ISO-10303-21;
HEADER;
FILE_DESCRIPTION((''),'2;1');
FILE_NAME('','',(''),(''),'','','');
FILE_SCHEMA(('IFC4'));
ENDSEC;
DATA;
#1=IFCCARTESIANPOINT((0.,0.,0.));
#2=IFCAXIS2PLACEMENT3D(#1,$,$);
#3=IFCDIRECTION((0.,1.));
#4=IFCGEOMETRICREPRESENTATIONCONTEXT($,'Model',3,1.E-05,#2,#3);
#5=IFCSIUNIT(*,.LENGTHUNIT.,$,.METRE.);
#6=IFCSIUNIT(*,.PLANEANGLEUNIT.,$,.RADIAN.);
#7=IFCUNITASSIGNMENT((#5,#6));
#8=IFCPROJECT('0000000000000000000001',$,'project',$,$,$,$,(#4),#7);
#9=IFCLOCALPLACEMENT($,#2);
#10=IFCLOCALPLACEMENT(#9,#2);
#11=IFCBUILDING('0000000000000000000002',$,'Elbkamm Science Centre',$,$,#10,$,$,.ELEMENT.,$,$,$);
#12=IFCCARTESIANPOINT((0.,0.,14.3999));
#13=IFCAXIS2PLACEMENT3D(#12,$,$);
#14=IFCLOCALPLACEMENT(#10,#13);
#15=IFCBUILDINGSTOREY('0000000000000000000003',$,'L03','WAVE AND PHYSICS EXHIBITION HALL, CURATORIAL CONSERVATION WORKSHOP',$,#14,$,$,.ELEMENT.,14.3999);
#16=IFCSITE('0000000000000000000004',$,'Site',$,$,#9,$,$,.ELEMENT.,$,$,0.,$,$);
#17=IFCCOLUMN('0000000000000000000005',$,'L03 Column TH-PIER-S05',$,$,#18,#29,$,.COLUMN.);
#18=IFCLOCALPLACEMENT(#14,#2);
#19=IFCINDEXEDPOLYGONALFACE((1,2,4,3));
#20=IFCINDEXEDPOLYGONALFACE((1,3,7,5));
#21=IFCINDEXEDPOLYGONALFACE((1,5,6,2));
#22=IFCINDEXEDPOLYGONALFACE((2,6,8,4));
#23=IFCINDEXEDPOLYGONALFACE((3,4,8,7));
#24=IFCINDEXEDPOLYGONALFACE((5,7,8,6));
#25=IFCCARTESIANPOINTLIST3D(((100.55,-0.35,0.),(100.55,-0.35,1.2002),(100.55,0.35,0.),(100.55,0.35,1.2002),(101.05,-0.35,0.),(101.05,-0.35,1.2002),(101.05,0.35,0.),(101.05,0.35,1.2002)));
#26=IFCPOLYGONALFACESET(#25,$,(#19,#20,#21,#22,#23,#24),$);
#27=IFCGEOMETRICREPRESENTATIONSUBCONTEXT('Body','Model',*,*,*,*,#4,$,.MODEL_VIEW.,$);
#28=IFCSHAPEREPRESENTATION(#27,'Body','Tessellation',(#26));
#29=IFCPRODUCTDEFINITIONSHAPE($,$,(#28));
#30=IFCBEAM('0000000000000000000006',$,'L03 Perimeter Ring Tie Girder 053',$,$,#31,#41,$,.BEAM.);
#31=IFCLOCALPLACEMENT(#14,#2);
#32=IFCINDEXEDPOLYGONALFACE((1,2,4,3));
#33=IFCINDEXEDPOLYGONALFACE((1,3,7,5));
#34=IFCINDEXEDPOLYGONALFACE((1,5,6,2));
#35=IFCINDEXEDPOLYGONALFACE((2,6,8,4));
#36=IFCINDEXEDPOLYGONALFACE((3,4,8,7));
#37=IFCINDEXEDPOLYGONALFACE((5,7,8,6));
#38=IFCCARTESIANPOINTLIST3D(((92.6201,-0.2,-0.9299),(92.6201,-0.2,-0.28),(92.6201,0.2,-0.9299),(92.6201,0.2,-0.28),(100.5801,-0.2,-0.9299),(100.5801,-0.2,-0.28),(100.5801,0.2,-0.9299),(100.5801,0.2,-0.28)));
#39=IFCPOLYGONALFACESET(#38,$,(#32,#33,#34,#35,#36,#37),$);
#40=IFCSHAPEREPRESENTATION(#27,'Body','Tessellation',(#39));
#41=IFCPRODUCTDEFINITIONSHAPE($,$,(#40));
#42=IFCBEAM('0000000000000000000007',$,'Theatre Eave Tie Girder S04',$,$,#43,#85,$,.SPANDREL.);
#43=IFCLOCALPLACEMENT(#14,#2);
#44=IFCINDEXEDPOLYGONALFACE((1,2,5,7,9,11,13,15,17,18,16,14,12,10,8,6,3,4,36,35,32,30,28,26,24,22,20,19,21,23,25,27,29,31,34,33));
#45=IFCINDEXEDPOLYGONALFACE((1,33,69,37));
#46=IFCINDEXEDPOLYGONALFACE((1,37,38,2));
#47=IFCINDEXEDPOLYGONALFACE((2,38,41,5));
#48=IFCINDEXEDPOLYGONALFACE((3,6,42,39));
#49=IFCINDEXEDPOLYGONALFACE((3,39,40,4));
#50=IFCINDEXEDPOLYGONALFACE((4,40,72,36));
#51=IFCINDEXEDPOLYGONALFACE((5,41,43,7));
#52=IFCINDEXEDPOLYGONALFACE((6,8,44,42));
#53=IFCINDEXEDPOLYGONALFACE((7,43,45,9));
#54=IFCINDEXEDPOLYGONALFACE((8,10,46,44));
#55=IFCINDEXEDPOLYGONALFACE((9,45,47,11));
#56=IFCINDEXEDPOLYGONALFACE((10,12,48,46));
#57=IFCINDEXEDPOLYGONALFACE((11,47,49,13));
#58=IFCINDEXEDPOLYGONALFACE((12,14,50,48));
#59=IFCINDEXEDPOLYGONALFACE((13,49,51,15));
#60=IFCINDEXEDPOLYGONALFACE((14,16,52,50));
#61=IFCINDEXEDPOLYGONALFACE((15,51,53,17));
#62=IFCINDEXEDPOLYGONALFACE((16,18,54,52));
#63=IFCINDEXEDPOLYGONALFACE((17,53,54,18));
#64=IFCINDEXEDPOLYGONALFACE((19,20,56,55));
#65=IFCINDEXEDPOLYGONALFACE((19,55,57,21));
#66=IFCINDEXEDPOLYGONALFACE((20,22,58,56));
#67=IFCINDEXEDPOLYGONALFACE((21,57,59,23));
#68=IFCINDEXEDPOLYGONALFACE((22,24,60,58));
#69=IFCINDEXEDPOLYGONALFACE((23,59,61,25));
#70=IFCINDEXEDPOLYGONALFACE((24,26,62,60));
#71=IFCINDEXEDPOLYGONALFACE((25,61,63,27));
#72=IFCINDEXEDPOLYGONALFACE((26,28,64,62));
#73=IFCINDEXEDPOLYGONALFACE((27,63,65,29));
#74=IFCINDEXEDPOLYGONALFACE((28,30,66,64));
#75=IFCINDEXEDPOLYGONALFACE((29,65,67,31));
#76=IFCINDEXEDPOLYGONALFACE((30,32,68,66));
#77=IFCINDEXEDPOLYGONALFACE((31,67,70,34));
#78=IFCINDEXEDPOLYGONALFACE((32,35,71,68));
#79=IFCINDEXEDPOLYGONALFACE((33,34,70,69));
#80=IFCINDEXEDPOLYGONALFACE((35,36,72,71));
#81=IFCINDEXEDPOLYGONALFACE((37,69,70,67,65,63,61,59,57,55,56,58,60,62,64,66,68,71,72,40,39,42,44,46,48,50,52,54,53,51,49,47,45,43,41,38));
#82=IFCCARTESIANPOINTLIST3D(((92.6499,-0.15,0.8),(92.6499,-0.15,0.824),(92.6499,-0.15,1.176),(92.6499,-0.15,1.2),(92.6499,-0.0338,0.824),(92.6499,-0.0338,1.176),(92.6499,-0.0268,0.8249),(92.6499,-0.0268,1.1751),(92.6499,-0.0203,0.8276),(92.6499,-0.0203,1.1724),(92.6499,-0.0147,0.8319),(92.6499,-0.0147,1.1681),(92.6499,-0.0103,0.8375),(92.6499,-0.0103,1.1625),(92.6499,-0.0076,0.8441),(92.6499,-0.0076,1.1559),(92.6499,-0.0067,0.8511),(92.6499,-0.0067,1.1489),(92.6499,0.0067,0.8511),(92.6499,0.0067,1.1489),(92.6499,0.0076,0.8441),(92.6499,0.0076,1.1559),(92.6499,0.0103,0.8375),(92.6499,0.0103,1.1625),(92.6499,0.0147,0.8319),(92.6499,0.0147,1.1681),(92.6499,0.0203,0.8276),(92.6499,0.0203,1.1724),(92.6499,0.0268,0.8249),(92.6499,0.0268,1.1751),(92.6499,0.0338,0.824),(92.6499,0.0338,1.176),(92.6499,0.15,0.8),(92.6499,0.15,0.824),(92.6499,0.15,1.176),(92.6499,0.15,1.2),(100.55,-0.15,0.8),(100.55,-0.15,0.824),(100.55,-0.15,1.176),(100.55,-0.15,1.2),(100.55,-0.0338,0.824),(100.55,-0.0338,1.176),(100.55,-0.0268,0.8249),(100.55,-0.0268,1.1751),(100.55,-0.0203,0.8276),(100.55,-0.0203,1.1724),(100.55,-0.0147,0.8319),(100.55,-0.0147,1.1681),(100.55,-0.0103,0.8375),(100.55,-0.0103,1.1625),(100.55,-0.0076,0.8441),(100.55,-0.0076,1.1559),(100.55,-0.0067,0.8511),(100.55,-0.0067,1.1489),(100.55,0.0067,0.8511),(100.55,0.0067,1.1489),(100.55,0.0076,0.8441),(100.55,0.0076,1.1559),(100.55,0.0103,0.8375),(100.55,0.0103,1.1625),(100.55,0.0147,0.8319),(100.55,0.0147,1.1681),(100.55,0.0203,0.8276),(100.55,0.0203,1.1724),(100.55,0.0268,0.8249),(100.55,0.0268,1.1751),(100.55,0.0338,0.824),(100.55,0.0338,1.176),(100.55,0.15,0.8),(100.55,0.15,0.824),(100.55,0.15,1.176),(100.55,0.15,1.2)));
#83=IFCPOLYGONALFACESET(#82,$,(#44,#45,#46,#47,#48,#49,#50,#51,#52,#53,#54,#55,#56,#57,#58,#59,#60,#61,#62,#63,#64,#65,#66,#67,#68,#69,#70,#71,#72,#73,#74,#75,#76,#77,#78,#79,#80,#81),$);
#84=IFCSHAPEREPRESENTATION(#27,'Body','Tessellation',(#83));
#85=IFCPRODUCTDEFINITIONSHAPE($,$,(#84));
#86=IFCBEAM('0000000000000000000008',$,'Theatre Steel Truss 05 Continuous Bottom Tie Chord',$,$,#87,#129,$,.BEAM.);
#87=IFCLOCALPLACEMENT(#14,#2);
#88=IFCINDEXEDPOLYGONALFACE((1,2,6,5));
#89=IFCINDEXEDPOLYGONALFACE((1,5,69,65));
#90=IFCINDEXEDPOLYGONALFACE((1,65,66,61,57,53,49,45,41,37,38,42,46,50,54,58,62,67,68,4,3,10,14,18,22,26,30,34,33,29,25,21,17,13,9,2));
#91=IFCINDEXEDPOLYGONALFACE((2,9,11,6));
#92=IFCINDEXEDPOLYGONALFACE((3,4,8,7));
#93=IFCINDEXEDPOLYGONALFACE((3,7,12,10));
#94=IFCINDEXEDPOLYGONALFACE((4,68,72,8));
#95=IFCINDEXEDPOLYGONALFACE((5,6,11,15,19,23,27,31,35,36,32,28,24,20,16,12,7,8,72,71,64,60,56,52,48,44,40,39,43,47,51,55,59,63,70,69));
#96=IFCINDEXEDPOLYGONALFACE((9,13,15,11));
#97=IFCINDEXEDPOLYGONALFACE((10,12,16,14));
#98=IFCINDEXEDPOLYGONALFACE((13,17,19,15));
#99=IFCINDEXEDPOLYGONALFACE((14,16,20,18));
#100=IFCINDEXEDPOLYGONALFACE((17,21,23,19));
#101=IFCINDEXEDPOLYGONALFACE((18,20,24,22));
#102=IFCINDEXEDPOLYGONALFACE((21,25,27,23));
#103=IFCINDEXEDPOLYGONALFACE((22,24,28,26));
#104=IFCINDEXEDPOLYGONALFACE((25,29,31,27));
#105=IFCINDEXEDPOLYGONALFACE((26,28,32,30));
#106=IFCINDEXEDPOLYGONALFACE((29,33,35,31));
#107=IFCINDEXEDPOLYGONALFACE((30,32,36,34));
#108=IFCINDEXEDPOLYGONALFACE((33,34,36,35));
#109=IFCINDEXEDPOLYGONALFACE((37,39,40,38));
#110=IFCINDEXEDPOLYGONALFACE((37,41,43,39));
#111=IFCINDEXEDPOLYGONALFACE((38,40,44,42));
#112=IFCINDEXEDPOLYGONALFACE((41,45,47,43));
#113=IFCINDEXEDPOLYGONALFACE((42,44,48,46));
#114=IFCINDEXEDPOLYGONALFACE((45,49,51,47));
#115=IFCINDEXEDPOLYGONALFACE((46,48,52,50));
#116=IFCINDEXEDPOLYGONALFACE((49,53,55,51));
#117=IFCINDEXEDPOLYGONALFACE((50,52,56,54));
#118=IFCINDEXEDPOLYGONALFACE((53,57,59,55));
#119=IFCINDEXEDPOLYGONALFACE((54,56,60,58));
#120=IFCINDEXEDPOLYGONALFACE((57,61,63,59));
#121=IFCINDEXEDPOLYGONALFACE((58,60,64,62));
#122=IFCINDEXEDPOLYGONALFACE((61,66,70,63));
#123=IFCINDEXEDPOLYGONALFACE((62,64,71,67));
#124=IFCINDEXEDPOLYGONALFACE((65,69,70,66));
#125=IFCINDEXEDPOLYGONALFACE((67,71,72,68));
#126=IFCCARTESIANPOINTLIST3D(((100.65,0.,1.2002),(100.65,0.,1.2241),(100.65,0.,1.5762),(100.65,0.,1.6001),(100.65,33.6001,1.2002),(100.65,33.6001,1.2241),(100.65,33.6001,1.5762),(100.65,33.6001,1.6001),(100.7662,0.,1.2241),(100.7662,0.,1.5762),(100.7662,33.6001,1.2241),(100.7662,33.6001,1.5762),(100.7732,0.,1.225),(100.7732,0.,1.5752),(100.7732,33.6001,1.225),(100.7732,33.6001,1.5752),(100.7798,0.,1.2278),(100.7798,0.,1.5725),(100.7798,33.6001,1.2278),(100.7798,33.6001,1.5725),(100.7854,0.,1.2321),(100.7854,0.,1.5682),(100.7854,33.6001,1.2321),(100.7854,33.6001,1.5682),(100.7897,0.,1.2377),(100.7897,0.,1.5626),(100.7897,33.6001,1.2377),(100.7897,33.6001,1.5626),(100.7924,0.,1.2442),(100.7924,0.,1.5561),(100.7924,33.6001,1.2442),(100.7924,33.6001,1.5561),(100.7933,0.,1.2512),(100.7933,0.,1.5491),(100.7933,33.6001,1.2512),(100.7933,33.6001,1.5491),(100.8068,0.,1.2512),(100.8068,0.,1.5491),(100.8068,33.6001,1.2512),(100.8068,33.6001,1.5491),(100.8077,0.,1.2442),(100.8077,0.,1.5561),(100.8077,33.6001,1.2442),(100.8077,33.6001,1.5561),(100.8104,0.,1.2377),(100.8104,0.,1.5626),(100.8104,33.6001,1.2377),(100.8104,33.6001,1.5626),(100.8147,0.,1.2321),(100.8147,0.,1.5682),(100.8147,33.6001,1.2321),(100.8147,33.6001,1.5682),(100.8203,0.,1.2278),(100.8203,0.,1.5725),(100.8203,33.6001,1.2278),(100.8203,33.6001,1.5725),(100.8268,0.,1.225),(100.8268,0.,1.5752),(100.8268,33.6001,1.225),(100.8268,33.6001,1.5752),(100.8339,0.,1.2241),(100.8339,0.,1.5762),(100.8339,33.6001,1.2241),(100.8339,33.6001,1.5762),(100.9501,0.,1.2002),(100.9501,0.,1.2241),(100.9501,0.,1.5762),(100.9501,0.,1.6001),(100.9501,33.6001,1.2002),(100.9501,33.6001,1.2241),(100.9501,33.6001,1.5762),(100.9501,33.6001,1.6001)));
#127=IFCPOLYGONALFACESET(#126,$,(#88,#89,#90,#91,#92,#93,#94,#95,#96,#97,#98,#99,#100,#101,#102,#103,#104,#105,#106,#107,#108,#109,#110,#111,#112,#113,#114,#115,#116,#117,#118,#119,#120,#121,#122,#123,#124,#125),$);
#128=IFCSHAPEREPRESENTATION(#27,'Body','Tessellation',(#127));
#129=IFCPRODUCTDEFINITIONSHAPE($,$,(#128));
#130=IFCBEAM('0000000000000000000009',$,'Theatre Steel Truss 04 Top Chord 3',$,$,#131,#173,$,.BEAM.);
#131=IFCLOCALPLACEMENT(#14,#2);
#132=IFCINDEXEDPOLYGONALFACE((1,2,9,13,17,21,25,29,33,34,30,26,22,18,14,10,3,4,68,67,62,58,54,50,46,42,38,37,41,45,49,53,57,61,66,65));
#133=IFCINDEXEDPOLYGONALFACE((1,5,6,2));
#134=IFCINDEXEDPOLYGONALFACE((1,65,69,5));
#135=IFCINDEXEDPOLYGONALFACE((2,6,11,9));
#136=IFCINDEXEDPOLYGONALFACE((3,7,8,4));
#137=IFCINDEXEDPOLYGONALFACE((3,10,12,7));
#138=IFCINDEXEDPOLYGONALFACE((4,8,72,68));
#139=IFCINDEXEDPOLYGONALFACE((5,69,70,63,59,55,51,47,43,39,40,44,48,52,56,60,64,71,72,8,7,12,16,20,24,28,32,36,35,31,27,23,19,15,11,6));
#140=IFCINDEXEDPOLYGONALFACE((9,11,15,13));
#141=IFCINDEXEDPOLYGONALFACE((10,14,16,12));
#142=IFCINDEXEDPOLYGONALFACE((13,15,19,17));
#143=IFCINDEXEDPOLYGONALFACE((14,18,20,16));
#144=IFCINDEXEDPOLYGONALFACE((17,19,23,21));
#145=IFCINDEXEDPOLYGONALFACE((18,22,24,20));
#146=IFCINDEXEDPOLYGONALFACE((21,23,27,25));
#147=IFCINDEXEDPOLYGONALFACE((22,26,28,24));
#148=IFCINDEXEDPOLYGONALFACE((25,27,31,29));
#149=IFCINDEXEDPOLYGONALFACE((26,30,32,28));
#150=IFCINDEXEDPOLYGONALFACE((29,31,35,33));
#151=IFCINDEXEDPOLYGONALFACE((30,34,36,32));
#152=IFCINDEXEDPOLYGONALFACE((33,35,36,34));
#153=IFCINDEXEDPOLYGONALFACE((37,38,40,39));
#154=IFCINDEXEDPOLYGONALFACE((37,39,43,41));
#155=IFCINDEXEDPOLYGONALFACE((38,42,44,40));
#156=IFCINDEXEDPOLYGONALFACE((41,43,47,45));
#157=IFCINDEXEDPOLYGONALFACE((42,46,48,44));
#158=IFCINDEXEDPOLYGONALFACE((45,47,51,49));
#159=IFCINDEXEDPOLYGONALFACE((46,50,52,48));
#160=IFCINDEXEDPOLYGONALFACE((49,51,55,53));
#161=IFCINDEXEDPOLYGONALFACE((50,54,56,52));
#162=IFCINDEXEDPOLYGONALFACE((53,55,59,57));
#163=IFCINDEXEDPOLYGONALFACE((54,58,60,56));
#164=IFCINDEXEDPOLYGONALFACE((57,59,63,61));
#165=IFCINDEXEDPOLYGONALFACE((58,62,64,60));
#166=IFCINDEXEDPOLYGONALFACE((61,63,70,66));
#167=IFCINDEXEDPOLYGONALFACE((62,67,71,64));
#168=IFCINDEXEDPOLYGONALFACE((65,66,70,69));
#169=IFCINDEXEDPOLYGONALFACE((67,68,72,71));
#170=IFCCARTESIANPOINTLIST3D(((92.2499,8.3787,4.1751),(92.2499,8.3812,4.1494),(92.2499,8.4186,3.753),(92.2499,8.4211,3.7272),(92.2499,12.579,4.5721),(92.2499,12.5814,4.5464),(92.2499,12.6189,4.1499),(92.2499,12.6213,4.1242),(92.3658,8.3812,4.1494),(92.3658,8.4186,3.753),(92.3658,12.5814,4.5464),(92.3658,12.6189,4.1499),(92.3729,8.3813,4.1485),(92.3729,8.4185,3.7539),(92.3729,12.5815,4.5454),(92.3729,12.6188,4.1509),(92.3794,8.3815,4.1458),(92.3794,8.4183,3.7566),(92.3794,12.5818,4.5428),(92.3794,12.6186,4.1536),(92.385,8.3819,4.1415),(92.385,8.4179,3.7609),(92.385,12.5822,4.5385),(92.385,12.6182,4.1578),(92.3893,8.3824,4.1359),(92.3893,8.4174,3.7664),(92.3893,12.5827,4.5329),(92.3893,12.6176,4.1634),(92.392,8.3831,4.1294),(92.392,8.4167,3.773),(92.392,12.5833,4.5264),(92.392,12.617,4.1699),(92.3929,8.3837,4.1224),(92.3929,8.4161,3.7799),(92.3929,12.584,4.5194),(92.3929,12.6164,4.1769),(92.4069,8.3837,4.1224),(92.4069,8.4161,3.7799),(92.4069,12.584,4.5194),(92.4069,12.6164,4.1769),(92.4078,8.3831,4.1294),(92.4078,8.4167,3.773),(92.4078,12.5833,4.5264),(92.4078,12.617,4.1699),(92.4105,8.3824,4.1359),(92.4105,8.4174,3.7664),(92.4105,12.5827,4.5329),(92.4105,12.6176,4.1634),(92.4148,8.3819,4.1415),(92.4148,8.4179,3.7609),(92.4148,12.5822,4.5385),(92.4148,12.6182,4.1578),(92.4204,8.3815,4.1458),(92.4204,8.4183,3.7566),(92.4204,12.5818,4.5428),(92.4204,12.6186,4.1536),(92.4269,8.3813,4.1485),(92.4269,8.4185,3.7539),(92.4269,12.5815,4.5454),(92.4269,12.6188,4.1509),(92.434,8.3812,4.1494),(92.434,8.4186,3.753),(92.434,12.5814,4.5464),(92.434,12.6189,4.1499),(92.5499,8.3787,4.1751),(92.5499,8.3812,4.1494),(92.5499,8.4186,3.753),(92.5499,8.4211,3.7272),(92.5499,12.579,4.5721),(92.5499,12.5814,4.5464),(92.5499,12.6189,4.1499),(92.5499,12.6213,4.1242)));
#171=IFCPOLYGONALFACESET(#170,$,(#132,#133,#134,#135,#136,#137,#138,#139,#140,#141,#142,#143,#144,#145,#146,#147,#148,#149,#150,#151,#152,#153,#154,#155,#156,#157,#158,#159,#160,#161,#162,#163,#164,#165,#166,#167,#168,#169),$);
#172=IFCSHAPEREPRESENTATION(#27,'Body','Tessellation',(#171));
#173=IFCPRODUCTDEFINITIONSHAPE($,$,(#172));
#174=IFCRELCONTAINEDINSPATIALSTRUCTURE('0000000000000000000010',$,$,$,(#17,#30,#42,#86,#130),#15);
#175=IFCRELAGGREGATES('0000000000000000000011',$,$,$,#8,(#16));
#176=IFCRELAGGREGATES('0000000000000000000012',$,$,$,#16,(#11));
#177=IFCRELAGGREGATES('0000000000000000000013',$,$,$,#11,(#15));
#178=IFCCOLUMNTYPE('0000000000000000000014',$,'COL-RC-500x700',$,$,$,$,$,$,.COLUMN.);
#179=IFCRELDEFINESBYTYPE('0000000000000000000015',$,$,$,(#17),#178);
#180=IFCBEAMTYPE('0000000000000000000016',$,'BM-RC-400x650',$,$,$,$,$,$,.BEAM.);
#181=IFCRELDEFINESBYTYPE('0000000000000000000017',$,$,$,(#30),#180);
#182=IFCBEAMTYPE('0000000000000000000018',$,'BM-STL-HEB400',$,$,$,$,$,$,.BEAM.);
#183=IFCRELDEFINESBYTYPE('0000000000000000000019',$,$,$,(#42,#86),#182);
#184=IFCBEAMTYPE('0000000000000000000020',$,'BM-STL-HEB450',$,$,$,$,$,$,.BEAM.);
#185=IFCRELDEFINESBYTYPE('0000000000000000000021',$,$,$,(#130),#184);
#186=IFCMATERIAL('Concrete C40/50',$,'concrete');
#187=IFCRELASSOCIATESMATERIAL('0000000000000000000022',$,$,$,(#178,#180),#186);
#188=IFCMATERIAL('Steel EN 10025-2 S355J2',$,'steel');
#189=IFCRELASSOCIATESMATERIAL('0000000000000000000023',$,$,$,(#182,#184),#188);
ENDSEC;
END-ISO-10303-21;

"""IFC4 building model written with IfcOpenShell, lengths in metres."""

from ifc_helpers import new_model, si_unit, direction, frame, origin, origin_2d, place, context, subcontext, project, spatial, rectangle, i_section, extrude, material, material_profile, profile_set, type_object, element, save


model = new_model("IFC4")

# Units and contexts
model_context = context("Model", 3, precision=1e-05, world=origin(), true_north=direction((0.0, 1.0)))
body_context = subcontext(model_context, "Body", "Model", "MODEL_VIEW")
ifc_project = project(units=[si_unit("LENGTHUNIT", "METRE"), si_unit("PLANEANGLEUNIT", "RADIAN")], contexts=[model_context])

# Site, building, storey
site_placement = place(None, origin())
site = spatial("IfcSite", under=ifc_project, at=site_placement, Name="Site", CompositionType="ELEMENT", RefElevation=0.0)
building_placement = place(site_placement, origin())
building = spatial("IfcBuilding", under=site, at=building_placement, Name="Elbkamm Science Centre", CompositionType="ELEMENT")
storey_placement = place(building_placement, frame((0.0, 0.0, 14.3999)))
storey = spatial("IfcBuildingStorey", under=building, at=storey_placement, Name="L03", Description="WAVE AND PHYSICS EXHIBITION HALL, CURATORIAL CONSERVATION WORKSHOP", CompositionType="ELEMENT", Elevation=14.3999)

# Column
ifc_material_1 = material(Name="Concrete C40/50", Category="concrete")
ifc_material_profile_1 = material_profile(ifc_material_1, rectangle(XDim=0.5, YDim=0.7, at=origin_2d()), Name="RC 500x700")
ifc_profile_set_1 = profile_set([ifc_material_profile_1], Name="Concrete C40/50")
column_type = type_object("IfcColumnType", Name="COL-RC-500x700", PredefinedType="COLUMN", material=ifc_profile_set_1)
column_placement = place(storey_placement, frame((100.8, 0.0, 0.0), z_axis=(0.0, 0.0, 1.0), x_axis=(1.0, 0.0, 0.0)))
element("IfcColumn", 1, at=column_placement, inside=storey, type_object=column_type, Name="L03 Column TH-PIER-S05", PredefinedType="COLUMN", context=body_context, shape_type="SweptSolid", body=[
    extrude(rectangle(XDim=0.5, YDim=0.7, at=origin_2d()), origin(), (0.0, 0.0, 1.0), 1.2002),
])

# Beams
ifc_material_profile_2 = material_profile(ifc_material_1, rectangle(XDim=0.3999, YDim=0.6499, at=origin_2d()), Name="RC 400x650")
ifc_profile_set_2 = profile_set([ifc_material_profile_2], Name="Concrete C40/50")
beam_type_1 = type_object("IfcBeamType", Name="BM-RC-400x650", PredefinedType="BEAM", material=ifc_profile_set_2)
beam_1_placement = place(storey_placement, frame((92.6201, 0.0, -0.605), z_axis=(1.0, 0.0, 0.0), x_axis=(0.0, 1.0, 0.0)))
element("IfcBeam", 2, at=beam_1_placement, inside=storey, type_object=beam_type_1, Name="L03 Perimeter Ring Tie Girder 053", PredefinedType="BEAM", context=body_context, shape_type="SweptSolid", body=[
    extrude(rectangle(XDim=0.3999, YDim=0.6499, at=origin_2d()), origin(), (0.0, 0.0, 1.0), 7.96),
])
ifc_material_2 = material(Name="Steel EN 10025-2 S355J2", Category="steel")
ifc_material_profile_3 = material_profile(ifc_material_2, i_section(OverallWidth=0.3, OverallDepth=0.3999, WebThickness=0.0134, FlangeThickness=0.0239, FilletRadius=0.0271, at=origin_2d()), Name="HEB 400")
ifc_profile_set_3 = profile_set([ifc_material_profile_3], Name="Steel EN 10025-2 S355J2")
beam_type_2 = type_object("IfcBeamType", Name="BM-STL-HEB400", PredefinedType="BEAM", material=ifc_profile_set_3)
beam_2_placement = place(storey_placement, frame((92.6499, 0.0, 1.0), z_axis=(1.0, 0.0, 0.0), x_axis=(0.0, 1.0, 0.0)))
element("IfcBeam", 3, at=beam_2_placement, inside=storey, type_object=beam_type_2, Name="Theatre Eave Tie Girder S04", PredefinedType="SPANDREL", context=body_context, shape_type="SweptSolid", body=[
    extrude(i_section(OverallWidth=0.3, OverallDepth=0.3999, WebThickness=0.0134, FlangeThickness=0.0239, FilletRadius=0.0271, at=origin_2d()), origin(), (0.0, 0.0, 1.0), 7.9001),
])
beam_3_placement = place(storey_placement, frame((100.8, 0.0, 1.4001), z_axis=(0.0, 1.0, 0.0), x_axis=(-1.0, 0.0, 0.0)))
element("IfcBeam", 4, at=beam_3_placement, inside=storey, type_object=beam_type_2, Name="Theatre Steel Truss 05 Continuous Bottom Tie Chord", PredefinedType="BEAM", context=body_context, shape_type="SweptSolid", body=[
    extrude(i_section(OverallWidth=0.3, OverallDepth=0.3999, WebThickness=0.0134, FlangeThickness=0.0239, FilletRadius=0.0271, at=origin_2d()), origin(), (0.0, 0.0, 1.0), 33.6001),
])
ifc_material_profile_4 = material_profile(ifc_material_2, i_section(OverallWidth=0.3, OverallDepth=0.45, WebThickness=0.0139, FlangeThickness=0.0259, FilletRadius=0.0271, at=origin_2d()), Name="HEB 450")
ifc_profile_set_4 = profile_set([ifc_material_profile_4], Name="Steel EN 10025-2 S355J2")
beam_type_3 = type_object("IfcBeamType", Name="BM-STL-HEB450", PredefinedType="BEAM", material=ifc_profile_set_4)
beam_4_placement = place(storey_placement, frame((92.3999, 8.3999, 3.9512), z_axis=(0.0, 0.995563, 0.094094), x_axis=(-1.0, 0.0, 0.0)))
element("IfcBeam", 5, at=beam_4_placement, inside=storey, type_object=beam_type_3, Name="Theatre Steel Truss 04 Top Chord 3", PredefinedType="BEAM", context=body_context, shape_type="SweptSolid", body=[
    extrude(i_section(OverallWidth=0.3, OverallDepth=0.45, WebThickness=0.0139, FlangeThickness=0.0259, FilletRadius=0.0271, at=origin_2d()), origin(), (0.0, 0.0, 1.0), 4.219),
])

save(model, "model.ifc")
